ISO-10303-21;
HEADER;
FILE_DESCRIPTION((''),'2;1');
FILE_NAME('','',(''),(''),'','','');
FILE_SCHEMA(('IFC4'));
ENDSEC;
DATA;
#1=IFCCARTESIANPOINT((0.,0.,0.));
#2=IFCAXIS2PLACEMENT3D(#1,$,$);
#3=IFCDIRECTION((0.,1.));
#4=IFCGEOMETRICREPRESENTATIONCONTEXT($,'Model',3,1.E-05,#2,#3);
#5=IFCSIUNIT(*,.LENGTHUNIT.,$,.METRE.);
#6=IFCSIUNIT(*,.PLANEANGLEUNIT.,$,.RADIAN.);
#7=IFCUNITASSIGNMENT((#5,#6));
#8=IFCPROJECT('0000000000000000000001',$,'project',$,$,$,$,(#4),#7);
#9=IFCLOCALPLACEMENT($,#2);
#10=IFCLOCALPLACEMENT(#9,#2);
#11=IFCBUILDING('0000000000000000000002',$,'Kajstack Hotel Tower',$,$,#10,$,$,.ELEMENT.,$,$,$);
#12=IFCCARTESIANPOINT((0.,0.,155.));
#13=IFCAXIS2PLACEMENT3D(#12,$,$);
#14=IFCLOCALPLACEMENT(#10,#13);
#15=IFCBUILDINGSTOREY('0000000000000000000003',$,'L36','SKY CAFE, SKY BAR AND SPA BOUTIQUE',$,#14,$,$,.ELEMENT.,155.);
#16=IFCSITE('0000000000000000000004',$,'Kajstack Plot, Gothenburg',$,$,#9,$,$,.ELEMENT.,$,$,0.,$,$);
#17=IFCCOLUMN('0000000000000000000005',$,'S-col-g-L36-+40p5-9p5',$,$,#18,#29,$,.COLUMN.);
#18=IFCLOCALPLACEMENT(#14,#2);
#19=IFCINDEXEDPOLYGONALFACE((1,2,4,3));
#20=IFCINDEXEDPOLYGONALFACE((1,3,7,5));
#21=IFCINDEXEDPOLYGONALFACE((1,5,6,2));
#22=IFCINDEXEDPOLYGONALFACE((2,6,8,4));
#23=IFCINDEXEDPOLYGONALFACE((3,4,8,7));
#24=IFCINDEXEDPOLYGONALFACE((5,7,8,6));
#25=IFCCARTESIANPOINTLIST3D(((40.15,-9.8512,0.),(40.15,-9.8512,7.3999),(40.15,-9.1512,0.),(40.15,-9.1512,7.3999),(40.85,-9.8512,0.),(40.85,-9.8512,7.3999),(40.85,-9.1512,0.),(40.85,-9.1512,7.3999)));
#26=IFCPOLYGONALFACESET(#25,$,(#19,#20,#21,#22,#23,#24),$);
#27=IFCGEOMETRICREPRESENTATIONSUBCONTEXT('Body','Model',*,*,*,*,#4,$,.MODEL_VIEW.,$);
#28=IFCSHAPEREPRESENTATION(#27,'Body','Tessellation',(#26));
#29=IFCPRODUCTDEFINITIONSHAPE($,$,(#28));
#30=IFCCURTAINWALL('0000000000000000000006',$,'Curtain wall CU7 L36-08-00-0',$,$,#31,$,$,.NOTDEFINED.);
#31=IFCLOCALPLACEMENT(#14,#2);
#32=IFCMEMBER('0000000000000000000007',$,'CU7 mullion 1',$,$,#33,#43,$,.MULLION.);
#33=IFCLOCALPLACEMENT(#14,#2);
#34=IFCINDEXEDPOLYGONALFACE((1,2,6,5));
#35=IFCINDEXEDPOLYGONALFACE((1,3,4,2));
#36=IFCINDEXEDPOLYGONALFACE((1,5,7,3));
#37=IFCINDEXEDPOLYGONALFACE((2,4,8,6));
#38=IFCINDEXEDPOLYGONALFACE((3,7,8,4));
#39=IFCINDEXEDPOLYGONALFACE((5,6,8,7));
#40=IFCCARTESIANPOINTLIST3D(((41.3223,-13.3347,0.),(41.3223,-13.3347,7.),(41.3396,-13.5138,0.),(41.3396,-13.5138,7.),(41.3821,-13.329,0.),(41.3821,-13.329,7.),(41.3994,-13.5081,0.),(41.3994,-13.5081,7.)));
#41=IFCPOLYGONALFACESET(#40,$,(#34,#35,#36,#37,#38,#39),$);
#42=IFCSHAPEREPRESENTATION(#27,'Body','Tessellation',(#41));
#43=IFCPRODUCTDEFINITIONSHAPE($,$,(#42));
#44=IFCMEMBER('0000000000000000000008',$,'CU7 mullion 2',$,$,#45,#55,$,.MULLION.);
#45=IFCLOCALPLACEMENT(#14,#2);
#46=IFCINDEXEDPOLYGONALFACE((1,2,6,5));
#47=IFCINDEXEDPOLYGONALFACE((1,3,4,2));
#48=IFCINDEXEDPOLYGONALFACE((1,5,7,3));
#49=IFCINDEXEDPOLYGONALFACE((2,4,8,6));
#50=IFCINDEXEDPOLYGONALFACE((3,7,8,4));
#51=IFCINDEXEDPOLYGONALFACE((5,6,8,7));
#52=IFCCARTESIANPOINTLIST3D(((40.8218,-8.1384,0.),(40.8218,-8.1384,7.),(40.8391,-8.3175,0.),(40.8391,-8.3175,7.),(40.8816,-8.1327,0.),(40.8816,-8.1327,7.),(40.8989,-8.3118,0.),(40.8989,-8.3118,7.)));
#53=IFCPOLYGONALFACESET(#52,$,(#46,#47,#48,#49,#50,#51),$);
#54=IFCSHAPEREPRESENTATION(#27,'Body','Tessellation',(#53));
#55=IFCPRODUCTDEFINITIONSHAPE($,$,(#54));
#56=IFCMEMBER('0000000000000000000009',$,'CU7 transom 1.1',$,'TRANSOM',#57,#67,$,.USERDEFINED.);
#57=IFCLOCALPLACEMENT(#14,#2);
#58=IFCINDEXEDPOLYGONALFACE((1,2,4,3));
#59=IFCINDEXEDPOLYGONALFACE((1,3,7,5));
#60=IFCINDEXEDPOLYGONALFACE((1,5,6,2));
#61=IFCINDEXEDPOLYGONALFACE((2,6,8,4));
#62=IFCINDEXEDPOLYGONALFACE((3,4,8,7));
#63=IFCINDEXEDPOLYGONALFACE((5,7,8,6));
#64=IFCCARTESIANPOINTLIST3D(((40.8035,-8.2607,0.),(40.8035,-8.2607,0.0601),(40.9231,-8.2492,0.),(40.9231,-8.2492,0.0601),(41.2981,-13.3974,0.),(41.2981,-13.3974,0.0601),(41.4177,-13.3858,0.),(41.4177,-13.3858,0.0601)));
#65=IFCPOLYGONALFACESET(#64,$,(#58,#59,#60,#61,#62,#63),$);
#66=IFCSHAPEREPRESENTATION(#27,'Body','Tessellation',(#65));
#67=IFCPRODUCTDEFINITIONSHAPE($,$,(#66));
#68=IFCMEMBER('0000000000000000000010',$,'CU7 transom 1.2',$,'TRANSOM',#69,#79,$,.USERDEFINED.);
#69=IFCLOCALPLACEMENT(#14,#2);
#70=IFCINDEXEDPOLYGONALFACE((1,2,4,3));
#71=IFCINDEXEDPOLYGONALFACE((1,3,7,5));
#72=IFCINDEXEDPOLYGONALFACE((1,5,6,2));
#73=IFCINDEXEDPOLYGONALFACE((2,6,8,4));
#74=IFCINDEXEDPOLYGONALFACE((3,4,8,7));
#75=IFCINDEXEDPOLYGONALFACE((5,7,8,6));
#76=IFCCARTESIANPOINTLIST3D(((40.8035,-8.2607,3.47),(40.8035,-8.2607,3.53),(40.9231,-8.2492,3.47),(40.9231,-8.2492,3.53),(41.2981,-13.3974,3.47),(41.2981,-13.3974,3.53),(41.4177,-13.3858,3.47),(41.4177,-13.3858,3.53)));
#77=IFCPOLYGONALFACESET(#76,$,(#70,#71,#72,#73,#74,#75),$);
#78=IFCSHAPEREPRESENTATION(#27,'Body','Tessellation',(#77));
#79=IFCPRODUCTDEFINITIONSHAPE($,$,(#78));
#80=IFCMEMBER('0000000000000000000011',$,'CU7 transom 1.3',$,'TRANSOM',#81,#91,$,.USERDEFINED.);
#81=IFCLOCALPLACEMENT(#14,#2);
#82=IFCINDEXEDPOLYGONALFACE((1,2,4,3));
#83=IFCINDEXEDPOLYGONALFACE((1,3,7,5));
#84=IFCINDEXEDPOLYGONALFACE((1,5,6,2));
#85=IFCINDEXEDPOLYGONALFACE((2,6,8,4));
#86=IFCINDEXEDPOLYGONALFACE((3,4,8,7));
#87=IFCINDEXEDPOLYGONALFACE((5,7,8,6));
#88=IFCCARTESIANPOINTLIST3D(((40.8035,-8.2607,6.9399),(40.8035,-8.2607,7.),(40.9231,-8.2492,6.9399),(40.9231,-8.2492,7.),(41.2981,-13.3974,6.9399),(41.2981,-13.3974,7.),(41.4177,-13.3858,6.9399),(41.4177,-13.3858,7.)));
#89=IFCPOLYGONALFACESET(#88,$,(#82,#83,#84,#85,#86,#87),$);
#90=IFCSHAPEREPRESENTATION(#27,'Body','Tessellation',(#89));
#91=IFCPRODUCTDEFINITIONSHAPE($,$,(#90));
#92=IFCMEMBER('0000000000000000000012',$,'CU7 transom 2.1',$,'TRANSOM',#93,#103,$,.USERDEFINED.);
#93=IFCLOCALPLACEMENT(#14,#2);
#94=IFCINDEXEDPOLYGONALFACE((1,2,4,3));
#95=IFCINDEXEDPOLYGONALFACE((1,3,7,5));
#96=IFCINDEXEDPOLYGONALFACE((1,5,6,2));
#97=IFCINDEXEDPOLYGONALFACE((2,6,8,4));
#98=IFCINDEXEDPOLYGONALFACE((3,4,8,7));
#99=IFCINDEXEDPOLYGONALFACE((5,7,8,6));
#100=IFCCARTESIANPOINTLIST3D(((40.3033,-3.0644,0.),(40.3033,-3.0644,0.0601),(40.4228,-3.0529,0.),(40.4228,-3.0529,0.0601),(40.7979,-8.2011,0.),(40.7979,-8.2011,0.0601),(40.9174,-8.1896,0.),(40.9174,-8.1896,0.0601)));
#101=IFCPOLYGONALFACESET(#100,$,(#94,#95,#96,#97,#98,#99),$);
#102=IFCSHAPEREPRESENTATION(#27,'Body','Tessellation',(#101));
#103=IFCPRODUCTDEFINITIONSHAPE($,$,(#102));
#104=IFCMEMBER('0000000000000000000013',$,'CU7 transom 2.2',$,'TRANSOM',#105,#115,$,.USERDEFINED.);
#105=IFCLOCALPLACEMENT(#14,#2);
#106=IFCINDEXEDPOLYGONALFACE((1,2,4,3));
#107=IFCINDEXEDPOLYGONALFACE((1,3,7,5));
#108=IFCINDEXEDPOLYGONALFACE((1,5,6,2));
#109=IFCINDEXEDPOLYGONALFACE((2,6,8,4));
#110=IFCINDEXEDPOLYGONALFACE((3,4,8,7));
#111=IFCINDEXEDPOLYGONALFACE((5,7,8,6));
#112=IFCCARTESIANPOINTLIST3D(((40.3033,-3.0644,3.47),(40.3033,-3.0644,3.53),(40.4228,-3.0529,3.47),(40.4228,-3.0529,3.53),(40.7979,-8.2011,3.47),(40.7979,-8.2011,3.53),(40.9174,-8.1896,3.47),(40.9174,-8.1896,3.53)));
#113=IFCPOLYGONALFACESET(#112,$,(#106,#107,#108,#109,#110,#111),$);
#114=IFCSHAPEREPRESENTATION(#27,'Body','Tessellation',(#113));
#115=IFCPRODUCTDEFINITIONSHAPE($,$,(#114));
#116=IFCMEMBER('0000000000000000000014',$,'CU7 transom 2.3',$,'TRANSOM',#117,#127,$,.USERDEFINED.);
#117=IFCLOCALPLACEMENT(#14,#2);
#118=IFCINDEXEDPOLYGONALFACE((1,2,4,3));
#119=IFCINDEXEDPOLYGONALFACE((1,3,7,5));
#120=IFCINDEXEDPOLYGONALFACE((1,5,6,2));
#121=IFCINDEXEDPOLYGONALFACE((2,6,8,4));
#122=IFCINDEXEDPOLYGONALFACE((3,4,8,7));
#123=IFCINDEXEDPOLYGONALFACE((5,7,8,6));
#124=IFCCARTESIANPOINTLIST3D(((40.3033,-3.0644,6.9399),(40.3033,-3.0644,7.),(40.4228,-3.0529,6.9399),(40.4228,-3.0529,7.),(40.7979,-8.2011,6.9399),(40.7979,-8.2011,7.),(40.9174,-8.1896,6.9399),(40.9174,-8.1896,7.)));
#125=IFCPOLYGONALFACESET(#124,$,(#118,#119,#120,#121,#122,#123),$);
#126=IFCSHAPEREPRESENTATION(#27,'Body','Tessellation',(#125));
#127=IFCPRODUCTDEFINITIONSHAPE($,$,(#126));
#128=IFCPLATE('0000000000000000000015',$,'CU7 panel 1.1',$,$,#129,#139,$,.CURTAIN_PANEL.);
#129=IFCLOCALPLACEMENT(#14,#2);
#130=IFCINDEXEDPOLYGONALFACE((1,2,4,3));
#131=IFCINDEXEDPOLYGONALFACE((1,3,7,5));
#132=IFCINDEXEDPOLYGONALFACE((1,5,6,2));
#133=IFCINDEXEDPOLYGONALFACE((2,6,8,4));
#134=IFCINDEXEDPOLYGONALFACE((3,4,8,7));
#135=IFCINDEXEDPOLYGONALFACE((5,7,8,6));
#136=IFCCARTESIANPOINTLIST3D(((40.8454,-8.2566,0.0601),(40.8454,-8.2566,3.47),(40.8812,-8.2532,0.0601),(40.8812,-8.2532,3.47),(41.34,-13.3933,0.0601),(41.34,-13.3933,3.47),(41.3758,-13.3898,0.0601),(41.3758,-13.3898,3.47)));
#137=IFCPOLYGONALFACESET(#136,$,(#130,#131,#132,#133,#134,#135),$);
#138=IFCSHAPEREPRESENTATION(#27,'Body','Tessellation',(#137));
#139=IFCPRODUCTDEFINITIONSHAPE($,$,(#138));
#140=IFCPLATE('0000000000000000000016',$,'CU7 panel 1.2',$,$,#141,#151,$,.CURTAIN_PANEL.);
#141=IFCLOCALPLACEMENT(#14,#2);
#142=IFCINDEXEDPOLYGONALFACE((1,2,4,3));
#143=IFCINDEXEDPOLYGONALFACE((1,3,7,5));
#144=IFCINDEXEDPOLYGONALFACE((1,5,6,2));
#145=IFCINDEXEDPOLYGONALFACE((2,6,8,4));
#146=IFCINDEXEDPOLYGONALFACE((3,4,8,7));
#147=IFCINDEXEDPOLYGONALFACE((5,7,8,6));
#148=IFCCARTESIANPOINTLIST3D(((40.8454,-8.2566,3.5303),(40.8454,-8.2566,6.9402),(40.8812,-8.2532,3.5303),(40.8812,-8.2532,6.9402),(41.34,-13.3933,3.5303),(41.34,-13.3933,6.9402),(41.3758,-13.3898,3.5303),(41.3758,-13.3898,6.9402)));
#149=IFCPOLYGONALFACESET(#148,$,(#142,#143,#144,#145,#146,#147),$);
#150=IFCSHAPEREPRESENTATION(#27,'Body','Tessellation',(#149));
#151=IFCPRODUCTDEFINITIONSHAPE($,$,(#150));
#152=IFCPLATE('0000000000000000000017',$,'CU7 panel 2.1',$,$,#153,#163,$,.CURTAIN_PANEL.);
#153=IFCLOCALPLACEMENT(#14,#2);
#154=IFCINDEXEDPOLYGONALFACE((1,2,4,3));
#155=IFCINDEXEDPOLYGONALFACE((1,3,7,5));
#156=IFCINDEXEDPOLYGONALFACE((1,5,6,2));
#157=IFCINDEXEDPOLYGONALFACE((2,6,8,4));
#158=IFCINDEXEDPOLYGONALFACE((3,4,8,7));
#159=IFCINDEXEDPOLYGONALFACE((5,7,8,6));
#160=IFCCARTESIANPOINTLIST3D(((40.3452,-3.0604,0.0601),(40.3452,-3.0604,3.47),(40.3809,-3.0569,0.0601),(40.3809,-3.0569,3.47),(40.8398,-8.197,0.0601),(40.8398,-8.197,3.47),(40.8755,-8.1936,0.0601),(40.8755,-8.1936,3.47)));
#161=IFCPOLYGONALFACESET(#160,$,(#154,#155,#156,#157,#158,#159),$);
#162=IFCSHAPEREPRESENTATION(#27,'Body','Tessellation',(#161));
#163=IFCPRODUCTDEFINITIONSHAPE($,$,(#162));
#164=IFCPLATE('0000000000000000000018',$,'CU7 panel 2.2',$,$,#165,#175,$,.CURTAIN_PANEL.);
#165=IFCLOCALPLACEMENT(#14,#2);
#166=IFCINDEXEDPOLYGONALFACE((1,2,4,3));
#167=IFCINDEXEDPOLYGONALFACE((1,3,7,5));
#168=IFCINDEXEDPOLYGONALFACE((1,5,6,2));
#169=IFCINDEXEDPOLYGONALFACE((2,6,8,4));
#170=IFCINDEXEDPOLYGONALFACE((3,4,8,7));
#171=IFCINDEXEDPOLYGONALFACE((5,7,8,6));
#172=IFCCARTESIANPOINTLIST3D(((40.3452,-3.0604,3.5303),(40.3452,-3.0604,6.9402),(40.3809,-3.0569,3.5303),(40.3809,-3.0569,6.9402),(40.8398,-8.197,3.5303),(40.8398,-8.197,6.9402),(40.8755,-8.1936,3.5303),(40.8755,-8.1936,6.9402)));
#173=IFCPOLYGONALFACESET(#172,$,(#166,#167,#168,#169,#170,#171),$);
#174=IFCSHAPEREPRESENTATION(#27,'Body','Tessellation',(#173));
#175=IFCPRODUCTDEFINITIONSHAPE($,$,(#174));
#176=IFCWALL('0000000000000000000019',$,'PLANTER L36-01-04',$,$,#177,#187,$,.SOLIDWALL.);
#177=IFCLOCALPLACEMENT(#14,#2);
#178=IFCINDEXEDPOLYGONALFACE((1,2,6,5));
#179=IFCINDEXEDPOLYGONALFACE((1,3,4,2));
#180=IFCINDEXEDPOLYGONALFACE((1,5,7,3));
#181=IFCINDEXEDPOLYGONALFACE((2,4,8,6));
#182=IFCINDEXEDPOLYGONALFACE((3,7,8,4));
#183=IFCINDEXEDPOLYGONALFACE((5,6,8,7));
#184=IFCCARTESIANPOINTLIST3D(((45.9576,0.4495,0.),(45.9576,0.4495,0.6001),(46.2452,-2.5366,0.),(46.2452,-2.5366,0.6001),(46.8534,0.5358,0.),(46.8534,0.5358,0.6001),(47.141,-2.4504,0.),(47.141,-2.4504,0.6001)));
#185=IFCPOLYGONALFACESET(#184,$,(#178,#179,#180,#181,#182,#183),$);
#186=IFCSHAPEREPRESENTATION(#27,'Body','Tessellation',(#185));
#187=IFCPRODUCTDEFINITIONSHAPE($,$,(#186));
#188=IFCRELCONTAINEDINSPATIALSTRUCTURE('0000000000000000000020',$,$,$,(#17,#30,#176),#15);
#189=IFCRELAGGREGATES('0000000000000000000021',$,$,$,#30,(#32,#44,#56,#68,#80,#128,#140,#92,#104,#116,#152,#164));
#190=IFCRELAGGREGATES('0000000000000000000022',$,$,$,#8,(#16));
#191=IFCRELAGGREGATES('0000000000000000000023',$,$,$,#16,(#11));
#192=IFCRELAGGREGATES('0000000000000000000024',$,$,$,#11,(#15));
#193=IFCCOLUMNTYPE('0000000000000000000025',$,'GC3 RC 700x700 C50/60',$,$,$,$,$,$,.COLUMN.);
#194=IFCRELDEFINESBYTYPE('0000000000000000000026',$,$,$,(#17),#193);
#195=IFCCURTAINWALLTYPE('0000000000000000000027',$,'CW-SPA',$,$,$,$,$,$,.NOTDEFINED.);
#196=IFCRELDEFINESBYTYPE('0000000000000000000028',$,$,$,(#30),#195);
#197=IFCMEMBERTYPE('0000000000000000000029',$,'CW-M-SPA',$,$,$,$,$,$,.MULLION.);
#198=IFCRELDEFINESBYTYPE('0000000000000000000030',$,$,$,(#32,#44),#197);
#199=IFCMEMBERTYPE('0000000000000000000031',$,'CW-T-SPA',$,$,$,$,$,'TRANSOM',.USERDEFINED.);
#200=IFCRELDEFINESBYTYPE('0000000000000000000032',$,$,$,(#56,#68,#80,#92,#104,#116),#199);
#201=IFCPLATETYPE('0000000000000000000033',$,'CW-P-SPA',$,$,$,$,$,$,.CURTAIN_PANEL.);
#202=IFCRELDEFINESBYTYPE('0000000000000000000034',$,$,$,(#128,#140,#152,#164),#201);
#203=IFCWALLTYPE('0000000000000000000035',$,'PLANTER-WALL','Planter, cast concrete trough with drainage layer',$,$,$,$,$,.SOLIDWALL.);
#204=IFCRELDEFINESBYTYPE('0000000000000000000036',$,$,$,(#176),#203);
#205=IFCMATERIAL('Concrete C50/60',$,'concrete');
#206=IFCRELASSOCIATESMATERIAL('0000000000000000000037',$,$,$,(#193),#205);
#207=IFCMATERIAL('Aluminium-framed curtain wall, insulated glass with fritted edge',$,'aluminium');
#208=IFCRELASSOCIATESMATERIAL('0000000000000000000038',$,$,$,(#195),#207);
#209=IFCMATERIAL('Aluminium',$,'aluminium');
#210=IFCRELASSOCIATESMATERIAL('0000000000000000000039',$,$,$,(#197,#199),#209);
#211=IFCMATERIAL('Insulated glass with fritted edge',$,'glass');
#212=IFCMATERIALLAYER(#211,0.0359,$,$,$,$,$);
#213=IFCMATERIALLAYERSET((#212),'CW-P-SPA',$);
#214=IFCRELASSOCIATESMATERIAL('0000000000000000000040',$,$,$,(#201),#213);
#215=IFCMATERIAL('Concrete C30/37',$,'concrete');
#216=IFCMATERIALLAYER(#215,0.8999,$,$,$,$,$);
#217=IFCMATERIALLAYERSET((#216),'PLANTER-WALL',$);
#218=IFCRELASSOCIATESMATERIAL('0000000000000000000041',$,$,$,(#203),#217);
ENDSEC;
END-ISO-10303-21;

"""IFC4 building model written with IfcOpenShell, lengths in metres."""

from ifc_helpers import new_model, si_unit, direction, frame, frame_2d, origin, origin_2d, place, context, subcontext, project, spatial, rectangle, extrude, material, layer, layer_set, material_profile, profile_set, type_object, element, aggregate, save


model = new_model("IFC4")

# Units and contexts
model_context = context("Model", 3, precision=1e-05, world=origin(), true_north=direction((0.0, 1.0)))
body_context = subcontext(model_context, "Body", "Model", "MODEL_VIEW")
ifc_project = project(units=[si_unit("LENGTHUNIT", "METRE"), si_unit("PLANEANGLEUNIT", "RADIAN")], contexts=[model_context])

# Site, building, storey
site_placement = place(None, origin())
site = spatial("IfcSite", under=ifc_project, at=site_placement, Name="Kajstack Plot, Gothenburg", CompositionType="ELEMENT", RefElevation=0.0)
building_placement = place(site_placement, origin())
building = spatial("IfcBuilding", under=site, at=building_placement, Name="Kajstack Hotel Tower", CompositionType="ELEMENT")
storey_placement = place(building_placement, frame((0.0, 0.0, 155.0)))
storey = spatial("IfcBuildingStorey", under=building, at=storey_placement, Name="L36", Description="SKY CAFE, SKY BAR AND SPA BOUTIQUE", CompositionType="ELEMENT", Elevation=155.0)

# Column
ifc_material_1 = material(Name="Concrete C50/60", Category="concrete")
ifc_material_profile_1 = material_profile(ifc_material_1, rectangle(XDim=0.7, YDim=0.7, at=origin_2d()), Name="RC 700x700")
ifc_profile_set_1 = profile_set([ifc_material_profile_1], Name="Concrete C50/60")
column_type = type_object("IfcColumnType", Name="GC3 RC 700x700 C50/60", PredefinedType="COLUMN", material=ifc_profile_set_1)
column_placement = place(storey_placement, frame((40.5, -9.5012, 0.0), z_axis=(0.0, 0.0, 1.0), x_axis=(1.0, 0.0, 0.0)))
element("IfcColumn", 1, at=column_placement, inside=storey, type_object=column_type, Name="S-col-g-L36-+40p5-9p5", PredefinedType="COLUMN", context=body_context, shape_type="SweptSolid", body=[
    extrude(rectangle(XDim=0.7, YDim=0.7, at=origin_2d()), origin(), (0.0, 0.0, 1.0), 7.3999),
])

# Curtain wall, members, plates
ifc_material_2 = material(Name="Aluminium-framed curtain wall, insulated glass with fritted edge", Category="aluminium")
curtain_wall_type = type_object("IfcCurtainWallType", Name="CW-SPA", PredefinedType="NOTDEFINED", material=ifc_material_2)
curtain_wall_placement = place(storey_placement, origin())
curtain_wall = element("IfcCurtainWall", 2, at=curtain_wall_placement, inside=storey, type_object=curtain_wall_type, Name="Curtain wall CU7 L36-08-00-0", PredefinedType="NOTDEFINED")
ifc_material_3 = material(Name="Aluminium", Category="aluminium")
ifc_material_profile_2 = material_profile(ifc_material_3, rectangle(XDim=0.0601, YDim=0.1799, at=origin_2d()), Name="Aluminium mullion 60 x 180")
ifc_profile_set_2 = profile_set([ifc_material_profile_2], Name="Aluminium")
member_type_1 = type_object("IfcMemberType", Name="CW-M-SPA", PredefinedType="MULLION", material=ifc_profile_set_2)
member_1_placement = place(storey_placement, frame((41.3608, -13.4214, 0.0), z_axis=(0.0, 0.0, 1.0), x_axis=(-0.995396, -0.095844, 0.0)))
member_1 = element("IfcMember", 3, at=member_1_placement, type_object=member_type_1, Name="CU7 mullion 1", PredefinedType="MULLION", context=body_context, shape_type="SweptSolid", body=[
    extrude(rectangle(XDim=0.0601, YDim=0.1799, at=origin_2d()), origin(), (0.0, 0.0, 1.0), 7.0),
])
member_2_placement = place(storey_placement, frame((40.8604, -8.2251, 0.0), z_axis=(0.0, 0.0, 1.0), x_axis=(-0.995396, -0.095844, 0.0)))
member_2 = element("IfcMember", 4, at=member_2_placement, type_object=member_type_1, Name="CU7 mullion 2", PredefinedType="MULLION", context=body_context, shape_type="SweptSolid", body=[
    extrude(rectangle(XDim=0.0601, YDim=0.1799, at=origin_2d()), origin(), (0.0, 0.0, 1.0), 7.0),
])
ifc_material_profile_3 = material_profile(ifc_material_3, rectangle(XDim=0.1201, YDim=0.0601, at=origin_2d()), Name="Aluminium transom 120 x 60")
ifc_profile_set_3 = profile_set([ifc_material_profile_3], Name="Aluminium")
member_type_2 = type_object("IfcMemberType", Name="CW-T-SPA", ElementType="TRANSOM", PredefinedType="USERDEFINED", material=ifc_profile_set_3)
member_3_placement = place(storey_placement, frame((41.3579, -13.3916, 0.03), z_axis=(-0.095849, 0.995396, 0.0), x_axis=(-0.995396, -0.095849, 0.0)))
member_3 = element("IfcMember", 5, at=member_3_placement, type_object=member_type_2, Name="CU7 transom 1.1", ObjectType="TRANSOM", PredefinedType="USERDEFINED", context=body_context, shape_type="SweptSolid", body=[
    extrude(rectangle(XDim=0.1201, YDim=0.0601, at=origin_2d()), origin(), (0.0, 0.0, 1.0), 5.1604),
])
member_4_placement = place(storey_placement, frame((41.3579, -13.3916, 3.5), z_axis=(-0.095849, 0.995396, 0.0), x_axis=(-0.995396, -0.095849, 0.0)))
member_4 = element("IfcMember", 6, at=member_4_placement, type_object=member_type_2, Name="CU7 transom 1.2", ObjectType="TRANSOM", PredefinedType="USERDEFINED", context=body_context, shape_type="SweptSolid", body=[
    extrude(rectangle(XDim=0.1201, YDim=0.0601, at=origin_2d()), origin(), (0.0, 0.0, 1.0), 5.1604),
])
member_5_placement = place(storey_placement, frame((41.3579, -13.3916, 6.97), z_axis=(-0.095849, 0.995396, 0.0), x_axis=(-0.995396, -0.095849, 0.0)))
member_5 = element("IfcMember", 7, at=member_5_placement, type_object=member_type_2, Name="CU7 transom 1.3", ObjectType="TRANSOM", PredefinedType="USERDEFINED", context=body_context, shape_type="SweptSolid", body=[
    extrude(rectangle(XDim=0.1201, YDim=0.0601, at=origin_2d()), origin(), (0.0, 0.0, 1.0), 5.1604),
])
member_6_placement = place(storey_placement, frame((40.8577, -8.1953, 0.03), z_axis=(-0.095849, 0.995396, 0.0), x_axis=(-0.995396, -0.095849, 0.0)))
member_6 = element("IfcMember", 8, at=member_6_placement, type_object=member_type_2, Name="CU7 transom 2.1", ObjectType="TRANSOM", PredefinedType="USERDEFINED", context=body_context, shape_type="SweptSolid", body=[
    extrude(rectangle(XDim=0.1201, YDim=0.0601, at=origin_2d()), origin(), (0.0, 0.0, 1.0), 5.1604),
])
member_7_placement = place(storey_placement, frame((40.8577, -8.1953, 3.5), z_axis=(-0.095849, 0.995396, 0.0), x_axis=(-0.995396, -0.095849, 0.0)))
member_7 = element("IfcMember", 9, at=member_7_placement, type_object=member_type_2, Name="CU7 transom 2.2", ObjectType="TRANSOM", PredefinedType="USERDEFINED", context=body_context, shape_type="SweptSolid", body=[
    extrude(rectangle(XDim=0.1201, YDim=0.0601, at=origin_2d()), origin(), (0.0, 0.0, 1.0), 5.1604),
])
member_8_placement = place(storey_placement, frame((40.8577, -8.1953, 6.97), z_axis=(-0.095849, 0.995396, 0.0), x_axis=(-0.995396, -0.095849, 0.0)))
member_8 = element("IfcMember", 10, at=member_8_placement, type_object=member_type_2, Name="CU7 transom 2.3", ObjectType="TRANSOM", PredefinedType="USERDEFINED", context=body_context, shape_type="SweptSolid", body=[
    extrude(rectangle(XDim=0.1201, YDim=0.0601, at=origin_2d()), origin(), (0.0, 0.0, 1.0), 5.1604),
])
ifc_material_4 = material(Name="Insulated glass with fritted edge", Category="glass")
ifc_layer_1 = layer(ifc_material_4, 0.0359)
ifc_layer_set_1 = layer_set([ifc_layer_1], Name="CW-P-SPA")
plate_type = type_object("IfcPlateType", Name="CW-P-SPA", PredefinedType="CURTAIN_PANEL", material=ifc_layer_set_1)
plate_1_placement = place(storey_placement, frame((41.1106, -10.8232, 0.0601), z_axis=(0.0, 0.0, 1.0), x_axis=(-0.095844, 0.995396, 0.0)))
plate_1 = element("IfcPlate", 11, at=plate_1_placement, type_object=plate_type, Name="CU7 panel 1.1", PredefinedType="CURTAIN_PANEL", context=body_context, shape_type="SweptSolid", body=[
    extrude(rectangle(XDim=5.1604, YDim=0.0359, at=origin_2d()), origin(), (0.0, 0.0, 1.0), 3.4099),
])
plate_2_placement = place(storey_placement, frame((41.1106, -10.8232, 3.5303), z_axis=(0.0, 0.0, 1.0), x_axis=(-0.095844, 0.995396, 0.0)))
plate_2 = element("IfcPlate", 12, at=plate_2_placement, type_object=plate_type, Name="CU7 panel 1.2", PredefinedType="CURTAIN_PANEL", context=body_context, shape_type="SweptSolid", body=[
    extrude(rectangle(XDim=5.1604, YDim=0.0359, at=origin_2d()), origin(), (0.0, 0.0, 1.0), 3.4099),
])
plate_3_placement = place(storey_placement, frame((40.6104, -5.627, 0.0601), z_axis=(0.0, 0.0, 1.0), x_axis=(-0.095844, 0.995396, 0.0)))
plate_3 = element("IfcPlate", 13, at=plate_3_placement, type_object=plate_type, Name="CU7 panel 2.1", PredefinedType="CURTAIN_PANEL", context=body_context, shape_type="SweptSolid", body=[
    extrude(rectangle(XDim=5.1604, YDim=0.0359, at=origin_2d()), origin(), (0.0, 0.0, 1.0), 3.4099),
])
plate_4_placement = place(storey_placement, frame((40.6104, -5.627, 3.5303), z_axis=(0.0, 0.0, 1.0), x_axis=(-0.095844, 0.995396, 0.0)))
plate_4 = element("IfcPlate", 14, at=plate_4_placement, type_object=plate_type, Name="CU7 panel 2.2", PredefinedType="CURTAIN_PANEL", context=body_context, shape_type="SweptSolid", body=[
    extrude(rectangle(XDim=5.1604, YDim=0.0359, at=origin_2d()), origin(), (0.0, 0.0, 1.0), 3.4099),
])
aggregate(curtain_wall, [member_1, member_2, member_3, member_4, member_5, plate_1, plate_2, member_6, member_7, member_8, plate_3, plate_4])

# Wall
ifc_material_5 = material(Name="Concrete C30/37", Category="concrete")
ifc_layer_2 = layer(ifc_material_5, 0.8999)
ifc_layer_set_2 = layer_set([ifc_layer_2], Name="PLANTER-WALL")
wall_type = type_object("IfcWallType", Name="PLANTER-WALL", Description="Planter, cast concrete trough with drainage layer", PredefinedType="SOLIDWALL", material=ifc_layer_set_2)
for number, where, z_axis, x_axis, name in (
    (15, (46.4055, 0.4927, 0.0), (0.0, 0.0, 1.0), (0.095869, -0.995394, 0.0), "PLANTER L36-01-04"),
):
    element("IfcWall", number, at=place(storey_placement, frame(where, z_axis=z_axis, x_axis=x_axis)), inside=storey, type_object=wall_type, Name=name, PredefinedType="SOLIDWALL", context=body_context, shape_type="SweptSolid", body=[
        extrude(rectangle(XDim=3.0, YDim=0.8999, at=frame_2d((1.5, 0.0))), origin(), (0.0, 0.0, 1.0), 0.6001),
    ])

save(model, "model.ifc")
